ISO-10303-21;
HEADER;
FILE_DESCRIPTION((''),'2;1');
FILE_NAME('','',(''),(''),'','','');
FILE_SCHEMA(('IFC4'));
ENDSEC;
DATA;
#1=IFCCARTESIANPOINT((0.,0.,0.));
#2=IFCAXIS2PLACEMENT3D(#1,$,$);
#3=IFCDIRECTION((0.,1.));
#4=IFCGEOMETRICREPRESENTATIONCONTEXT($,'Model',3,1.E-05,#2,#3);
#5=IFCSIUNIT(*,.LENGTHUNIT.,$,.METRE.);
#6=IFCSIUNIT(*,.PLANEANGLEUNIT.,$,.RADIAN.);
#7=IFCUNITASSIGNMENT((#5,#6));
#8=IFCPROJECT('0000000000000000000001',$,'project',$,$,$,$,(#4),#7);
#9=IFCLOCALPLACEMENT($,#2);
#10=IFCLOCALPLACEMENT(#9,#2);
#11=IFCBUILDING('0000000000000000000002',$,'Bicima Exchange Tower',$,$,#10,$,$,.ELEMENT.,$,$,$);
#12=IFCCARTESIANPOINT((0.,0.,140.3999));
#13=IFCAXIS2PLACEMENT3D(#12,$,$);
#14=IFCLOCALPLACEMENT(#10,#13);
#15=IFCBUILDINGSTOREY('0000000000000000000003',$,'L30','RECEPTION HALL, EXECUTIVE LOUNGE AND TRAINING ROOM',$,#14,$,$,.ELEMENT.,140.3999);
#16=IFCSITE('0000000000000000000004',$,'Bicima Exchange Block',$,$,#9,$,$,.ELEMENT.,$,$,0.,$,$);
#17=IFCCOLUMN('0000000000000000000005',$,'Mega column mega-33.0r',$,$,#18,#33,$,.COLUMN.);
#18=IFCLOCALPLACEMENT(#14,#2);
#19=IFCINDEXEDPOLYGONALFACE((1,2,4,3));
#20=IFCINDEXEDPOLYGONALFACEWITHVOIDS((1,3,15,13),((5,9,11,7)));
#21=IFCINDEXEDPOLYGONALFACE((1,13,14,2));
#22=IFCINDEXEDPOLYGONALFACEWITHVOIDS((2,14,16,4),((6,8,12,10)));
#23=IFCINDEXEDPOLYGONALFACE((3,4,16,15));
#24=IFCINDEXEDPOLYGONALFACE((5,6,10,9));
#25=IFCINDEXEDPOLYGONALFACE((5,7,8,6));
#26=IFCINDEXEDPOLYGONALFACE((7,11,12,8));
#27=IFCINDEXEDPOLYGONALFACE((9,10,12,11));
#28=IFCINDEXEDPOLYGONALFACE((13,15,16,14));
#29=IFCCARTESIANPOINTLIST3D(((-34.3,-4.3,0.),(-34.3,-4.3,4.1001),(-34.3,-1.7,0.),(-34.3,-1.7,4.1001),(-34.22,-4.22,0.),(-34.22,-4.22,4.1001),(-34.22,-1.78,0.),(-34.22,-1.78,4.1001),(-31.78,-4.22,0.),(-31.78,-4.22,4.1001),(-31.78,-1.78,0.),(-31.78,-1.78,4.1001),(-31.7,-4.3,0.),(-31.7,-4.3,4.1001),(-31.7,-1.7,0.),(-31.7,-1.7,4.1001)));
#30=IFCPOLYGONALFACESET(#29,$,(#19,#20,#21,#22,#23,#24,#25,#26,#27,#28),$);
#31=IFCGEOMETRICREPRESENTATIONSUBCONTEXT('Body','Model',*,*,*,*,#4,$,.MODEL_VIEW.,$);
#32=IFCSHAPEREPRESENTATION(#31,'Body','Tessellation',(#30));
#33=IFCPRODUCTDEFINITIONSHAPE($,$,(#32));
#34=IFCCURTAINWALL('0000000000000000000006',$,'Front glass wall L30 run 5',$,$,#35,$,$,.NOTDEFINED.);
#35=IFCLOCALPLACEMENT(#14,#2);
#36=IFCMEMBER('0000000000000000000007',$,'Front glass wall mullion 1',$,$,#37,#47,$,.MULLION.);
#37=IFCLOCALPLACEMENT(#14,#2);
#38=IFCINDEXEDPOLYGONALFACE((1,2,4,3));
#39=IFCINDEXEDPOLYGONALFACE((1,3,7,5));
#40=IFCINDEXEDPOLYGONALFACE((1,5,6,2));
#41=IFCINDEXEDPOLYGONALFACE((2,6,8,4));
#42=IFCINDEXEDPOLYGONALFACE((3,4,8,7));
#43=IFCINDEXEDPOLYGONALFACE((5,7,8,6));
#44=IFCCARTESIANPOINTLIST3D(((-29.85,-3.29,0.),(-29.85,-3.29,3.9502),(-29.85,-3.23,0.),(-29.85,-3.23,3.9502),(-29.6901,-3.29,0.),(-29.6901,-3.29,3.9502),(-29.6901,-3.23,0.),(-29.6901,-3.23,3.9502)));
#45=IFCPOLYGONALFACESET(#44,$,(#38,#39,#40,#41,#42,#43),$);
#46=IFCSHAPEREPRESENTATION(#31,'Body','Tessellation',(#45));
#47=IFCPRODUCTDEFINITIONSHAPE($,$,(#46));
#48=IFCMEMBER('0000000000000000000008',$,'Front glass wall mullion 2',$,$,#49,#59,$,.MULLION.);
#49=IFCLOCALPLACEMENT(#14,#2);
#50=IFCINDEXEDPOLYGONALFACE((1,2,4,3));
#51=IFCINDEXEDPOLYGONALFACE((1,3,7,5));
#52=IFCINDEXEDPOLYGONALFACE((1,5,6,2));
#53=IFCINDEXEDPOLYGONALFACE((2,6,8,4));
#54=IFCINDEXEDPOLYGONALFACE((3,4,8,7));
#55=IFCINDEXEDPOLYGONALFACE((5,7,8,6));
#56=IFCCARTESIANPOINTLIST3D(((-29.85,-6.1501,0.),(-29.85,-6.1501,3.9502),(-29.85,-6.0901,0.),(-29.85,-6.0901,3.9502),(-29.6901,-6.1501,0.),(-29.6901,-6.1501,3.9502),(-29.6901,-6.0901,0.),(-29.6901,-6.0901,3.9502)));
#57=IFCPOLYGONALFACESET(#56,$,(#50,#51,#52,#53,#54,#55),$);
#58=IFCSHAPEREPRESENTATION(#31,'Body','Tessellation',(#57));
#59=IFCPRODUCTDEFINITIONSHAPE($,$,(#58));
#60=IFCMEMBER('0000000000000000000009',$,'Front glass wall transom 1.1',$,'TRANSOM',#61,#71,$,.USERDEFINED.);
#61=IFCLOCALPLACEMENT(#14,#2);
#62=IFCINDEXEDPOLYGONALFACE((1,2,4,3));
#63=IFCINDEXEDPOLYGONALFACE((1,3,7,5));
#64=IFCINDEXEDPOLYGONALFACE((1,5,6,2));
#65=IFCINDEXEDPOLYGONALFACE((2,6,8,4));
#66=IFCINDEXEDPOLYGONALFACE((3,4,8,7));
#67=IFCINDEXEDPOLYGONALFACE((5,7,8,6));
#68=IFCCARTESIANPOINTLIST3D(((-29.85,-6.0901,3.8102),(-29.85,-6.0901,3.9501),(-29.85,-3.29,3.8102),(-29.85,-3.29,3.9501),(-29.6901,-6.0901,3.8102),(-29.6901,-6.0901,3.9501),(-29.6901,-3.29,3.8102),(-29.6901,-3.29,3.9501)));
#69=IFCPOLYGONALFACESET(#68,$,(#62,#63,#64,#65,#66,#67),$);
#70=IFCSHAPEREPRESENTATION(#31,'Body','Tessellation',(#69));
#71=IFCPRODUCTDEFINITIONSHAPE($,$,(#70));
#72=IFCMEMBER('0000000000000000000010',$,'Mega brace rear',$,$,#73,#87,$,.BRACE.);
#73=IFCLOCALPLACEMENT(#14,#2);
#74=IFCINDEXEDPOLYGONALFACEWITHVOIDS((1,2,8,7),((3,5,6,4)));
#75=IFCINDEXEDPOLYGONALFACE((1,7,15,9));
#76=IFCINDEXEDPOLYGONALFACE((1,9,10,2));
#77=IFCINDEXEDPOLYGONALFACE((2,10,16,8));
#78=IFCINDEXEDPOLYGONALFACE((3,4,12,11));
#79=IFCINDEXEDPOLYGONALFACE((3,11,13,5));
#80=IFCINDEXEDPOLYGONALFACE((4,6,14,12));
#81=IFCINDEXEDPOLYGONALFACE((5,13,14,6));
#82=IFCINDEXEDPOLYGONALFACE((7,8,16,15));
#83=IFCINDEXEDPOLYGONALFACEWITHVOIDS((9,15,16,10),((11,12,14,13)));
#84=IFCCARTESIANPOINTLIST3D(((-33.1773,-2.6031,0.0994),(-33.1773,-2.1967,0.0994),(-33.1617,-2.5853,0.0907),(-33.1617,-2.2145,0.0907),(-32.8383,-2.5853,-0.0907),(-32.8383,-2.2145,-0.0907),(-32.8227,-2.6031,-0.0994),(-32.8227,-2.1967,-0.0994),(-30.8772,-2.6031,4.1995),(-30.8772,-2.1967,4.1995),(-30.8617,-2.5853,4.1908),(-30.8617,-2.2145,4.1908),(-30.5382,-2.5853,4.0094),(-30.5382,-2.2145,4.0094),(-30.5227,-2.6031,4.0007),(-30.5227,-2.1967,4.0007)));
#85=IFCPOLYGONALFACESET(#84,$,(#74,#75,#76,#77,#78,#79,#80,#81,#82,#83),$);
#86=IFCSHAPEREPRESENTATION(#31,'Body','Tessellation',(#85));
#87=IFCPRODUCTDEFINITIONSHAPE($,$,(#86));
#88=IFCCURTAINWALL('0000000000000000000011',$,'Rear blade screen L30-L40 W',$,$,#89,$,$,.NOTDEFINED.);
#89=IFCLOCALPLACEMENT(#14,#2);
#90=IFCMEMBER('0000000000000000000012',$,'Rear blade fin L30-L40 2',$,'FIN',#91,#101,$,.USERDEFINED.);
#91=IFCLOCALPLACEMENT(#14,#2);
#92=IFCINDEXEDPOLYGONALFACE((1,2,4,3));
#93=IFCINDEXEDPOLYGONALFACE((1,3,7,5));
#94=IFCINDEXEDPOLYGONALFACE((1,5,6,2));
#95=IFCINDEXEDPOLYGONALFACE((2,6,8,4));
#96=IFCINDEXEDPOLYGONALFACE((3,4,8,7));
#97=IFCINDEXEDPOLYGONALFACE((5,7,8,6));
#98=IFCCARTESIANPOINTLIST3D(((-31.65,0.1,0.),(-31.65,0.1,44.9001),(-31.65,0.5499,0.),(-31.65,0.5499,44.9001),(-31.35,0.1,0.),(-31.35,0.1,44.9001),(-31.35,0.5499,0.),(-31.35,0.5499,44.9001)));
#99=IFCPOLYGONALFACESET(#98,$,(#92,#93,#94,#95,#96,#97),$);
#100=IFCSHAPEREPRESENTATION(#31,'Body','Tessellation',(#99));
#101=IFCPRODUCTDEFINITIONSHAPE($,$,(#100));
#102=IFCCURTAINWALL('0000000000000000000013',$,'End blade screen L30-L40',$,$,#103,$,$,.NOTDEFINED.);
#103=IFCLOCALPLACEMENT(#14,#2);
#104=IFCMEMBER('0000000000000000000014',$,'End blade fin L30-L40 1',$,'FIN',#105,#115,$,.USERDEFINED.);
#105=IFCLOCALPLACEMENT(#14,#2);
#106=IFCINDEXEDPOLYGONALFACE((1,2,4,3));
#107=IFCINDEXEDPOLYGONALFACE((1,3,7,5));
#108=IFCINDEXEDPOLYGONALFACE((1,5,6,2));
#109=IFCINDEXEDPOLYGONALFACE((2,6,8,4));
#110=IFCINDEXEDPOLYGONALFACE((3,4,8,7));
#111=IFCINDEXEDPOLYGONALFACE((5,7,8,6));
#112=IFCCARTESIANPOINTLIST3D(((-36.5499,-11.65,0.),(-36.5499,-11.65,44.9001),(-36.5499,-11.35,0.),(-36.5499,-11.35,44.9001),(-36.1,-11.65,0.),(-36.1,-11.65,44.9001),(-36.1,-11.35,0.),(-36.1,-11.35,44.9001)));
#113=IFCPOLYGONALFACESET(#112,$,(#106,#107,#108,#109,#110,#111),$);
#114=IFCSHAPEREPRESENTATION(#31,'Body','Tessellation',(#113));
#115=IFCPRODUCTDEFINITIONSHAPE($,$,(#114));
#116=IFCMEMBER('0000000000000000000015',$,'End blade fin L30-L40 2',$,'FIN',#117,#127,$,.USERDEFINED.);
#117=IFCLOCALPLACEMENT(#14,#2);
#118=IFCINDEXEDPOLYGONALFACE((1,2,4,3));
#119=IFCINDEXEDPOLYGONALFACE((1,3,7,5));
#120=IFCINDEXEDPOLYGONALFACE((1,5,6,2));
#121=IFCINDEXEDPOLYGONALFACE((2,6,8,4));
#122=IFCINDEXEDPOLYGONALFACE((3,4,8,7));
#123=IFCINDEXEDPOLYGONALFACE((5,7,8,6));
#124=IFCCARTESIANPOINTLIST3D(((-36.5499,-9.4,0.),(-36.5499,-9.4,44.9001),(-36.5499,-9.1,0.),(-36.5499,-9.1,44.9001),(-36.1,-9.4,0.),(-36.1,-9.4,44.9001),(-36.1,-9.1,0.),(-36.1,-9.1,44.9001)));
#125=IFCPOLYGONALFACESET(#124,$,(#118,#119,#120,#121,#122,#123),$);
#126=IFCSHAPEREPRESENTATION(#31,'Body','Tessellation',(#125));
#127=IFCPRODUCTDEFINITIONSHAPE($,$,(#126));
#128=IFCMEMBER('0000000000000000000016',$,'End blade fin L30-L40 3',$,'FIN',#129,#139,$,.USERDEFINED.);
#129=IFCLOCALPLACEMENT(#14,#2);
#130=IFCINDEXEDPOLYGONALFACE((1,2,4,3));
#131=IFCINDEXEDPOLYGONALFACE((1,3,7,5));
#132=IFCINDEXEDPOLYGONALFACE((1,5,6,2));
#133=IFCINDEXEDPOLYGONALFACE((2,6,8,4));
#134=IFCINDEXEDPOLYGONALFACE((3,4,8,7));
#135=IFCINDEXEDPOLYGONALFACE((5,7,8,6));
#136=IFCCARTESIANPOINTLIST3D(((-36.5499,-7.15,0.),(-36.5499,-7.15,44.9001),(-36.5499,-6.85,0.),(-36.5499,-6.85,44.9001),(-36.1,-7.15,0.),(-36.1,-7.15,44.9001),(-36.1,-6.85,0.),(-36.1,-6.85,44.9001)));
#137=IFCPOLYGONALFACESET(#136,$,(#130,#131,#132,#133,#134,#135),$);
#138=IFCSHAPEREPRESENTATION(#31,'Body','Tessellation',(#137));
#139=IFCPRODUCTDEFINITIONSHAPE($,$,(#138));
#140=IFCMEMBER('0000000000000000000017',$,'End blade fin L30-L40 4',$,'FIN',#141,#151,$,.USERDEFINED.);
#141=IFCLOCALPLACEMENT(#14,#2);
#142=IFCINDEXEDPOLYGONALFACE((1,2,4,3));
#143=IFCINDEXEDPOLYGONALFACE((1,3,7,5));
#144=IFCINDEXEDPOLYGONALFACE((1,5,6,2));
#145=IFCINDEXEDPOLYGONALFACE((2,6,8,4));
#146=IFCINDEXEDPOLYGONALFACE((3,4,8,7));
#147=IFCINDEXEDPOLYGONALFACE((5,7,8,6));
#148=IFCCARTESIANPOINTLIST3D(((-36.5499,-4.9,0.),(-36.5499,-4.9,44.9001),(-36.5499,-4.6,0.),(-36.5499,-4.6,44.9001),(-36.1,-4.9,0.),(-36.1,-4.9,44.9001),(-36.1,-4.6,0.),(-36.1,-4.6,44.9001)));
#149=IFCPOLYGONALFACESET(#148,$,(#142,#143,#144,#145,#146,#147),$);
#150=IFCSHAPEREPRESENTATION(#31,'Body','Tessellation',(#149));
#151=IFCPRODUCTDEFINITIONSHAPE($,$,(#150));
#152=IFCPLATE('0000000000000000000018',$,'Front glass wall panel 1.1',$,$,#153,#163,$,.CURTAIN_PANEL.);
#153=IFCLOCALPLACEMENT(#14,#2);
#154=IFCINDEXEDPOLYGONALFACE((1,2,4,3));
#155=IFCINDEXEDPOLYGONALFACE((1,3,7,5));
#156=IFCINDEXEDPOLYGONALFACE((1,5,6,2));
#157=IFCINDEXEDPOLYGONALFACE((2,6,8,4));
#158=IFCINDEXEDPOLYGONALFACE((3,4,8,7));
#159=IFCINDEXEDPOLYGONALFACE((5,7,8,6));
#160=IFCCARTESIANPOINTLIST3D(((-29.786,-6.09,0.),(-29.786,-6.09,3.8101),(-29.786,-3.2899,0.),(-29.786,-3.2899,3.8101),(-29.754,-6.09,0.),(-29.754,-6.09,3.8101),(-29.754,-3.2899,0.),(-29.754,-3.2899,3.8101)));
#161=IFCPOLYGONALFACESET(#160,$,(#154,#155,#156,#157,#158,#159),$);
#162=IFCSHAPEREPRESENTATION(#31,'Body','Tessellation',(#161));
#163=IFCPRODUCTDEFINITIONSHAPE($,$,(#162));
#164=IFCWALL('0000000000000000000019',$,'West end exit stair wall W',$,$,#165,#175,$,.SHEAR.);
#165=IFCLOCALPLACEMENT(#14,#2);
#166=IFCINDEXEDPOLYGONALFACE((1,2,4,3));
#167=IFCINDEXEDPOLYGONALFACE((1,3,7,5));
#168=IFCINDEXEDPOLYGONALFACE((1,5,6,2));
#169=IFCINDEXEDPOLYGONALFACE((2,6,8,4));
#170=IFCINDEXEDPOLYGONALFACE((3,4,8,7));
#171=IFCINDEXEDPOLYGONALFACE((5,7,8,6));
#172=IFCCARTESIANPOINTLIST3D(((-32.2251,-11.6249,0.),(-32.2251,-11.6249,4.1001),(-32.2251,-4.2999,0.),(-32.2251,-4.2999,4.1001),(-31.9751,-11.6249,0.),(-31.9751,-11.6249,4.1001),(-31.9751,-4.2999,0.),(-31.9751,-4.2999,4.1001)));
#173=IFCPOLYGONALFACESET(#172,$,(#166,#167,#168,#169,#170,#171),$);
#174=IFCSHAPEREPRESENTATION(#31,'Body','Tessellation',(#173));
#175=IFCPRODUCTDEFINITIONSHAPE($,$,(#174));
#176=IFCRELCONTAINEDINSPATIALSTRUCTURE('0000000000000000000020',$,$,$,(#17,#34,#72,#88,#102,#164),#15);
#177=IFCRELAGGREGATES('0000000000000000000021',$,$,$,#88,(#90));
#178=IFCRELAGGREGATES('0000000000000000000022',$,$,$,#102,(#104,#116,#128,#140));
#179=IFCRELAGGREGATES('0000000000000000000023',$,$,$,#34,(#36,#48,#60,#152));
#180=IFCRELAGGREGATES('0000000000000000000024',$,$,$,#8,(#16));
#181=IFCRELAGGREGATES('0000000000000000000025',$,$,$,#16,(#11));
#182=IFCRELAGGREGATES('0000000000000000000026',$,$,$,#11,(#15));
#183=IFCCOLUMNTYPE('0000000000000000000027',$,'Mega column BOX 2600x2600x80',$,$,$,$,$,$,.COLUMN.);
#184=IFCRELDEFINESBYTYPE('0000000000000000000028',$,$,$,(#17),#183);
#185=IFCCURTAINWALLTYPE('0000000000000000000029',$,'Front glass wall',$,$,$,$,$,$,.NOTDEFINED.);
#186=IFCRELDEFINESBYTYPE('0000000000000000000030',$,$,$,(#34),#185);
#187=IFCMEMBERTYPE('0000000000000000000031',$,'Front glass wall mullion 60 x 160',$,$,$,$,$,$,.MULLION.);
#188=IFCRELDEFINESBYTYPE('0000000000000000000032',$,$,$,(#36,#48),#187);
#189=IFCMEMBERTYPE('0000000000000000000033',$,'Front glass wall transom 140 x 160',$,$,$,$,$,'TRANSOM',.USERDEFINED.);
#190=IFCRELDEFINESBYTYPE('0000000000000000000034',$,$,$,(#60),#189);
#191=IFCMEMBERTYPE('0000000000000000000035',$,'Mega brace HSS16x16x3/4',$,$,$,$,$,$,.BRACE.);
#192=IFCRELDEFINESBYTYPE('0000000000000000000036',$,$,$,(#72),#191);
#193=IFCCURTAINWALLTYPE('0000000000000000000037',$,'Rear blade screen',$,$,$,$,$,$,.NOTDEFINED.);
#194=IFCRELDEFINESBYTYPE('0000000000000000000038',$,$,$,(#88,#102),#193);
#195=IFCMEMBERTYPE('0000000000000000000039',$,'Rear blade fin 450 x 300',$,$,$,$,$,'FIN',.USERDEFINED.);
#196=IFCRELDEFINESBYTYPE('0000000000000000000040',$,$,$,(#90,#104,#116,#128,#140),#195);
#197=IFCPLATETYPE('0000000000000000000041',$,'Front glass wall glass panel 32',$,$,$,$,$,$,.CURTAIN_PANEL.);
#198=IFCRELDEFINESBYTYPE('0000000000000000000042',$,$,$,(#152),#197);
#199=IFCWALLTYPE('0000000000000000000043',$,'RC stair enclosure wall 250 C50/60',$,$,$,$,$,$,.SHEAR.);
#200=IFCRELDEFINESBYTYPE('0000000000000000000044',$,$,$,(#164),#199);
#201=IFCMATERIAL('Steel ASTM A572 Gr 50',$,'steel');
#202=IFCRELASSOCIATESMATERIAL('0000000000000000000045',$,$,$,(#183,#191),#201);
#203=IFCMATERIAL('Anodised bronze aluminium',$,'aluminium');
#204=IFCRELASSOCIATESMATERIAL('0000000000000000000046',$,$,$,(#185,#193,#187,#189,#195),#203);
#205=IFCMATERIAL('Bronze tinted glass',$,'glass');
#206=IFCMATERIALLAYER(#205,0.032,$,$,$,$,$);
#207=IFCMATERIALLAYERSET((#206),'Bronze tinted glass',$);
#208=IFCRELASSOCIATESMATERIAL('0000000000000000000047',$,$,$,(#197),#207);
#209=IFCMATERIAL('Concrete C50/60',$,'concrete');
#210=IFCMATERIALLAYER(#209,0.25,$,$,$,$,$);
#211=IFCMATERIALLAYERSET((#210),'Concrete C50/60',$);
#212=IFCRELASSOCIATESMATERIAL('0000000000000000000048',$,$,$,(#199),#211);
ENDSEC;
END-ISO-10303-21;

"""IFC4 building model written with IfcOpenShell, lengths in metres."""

from ifc_helpers import new_model, si_unit, direction, frame, frame_2d, origin, origin_2d, place, context, subcontext, project, spatial, rectangle, hollow_rectangle, extrude, material, layer, layer_set, material_profile, profile_set, type_object, element, aggregate, save


model = new_model("IFC4")

# Units and contexts
model_context = context("Model", 3, precision=1e-05, world=origin(), true_north=direction((0.0, 1.0)))
body_context = subcontext(model_context, "Body", "Model", "MODEL_VIEW")
ifc_project = project(units=[si_unit("LENGTHUNIT", "METRE"), si_unit("PLANEANGLEUNIT", "RADIAN")], contexts=[model_context])

# Site, building, storey
site_placement = place(None, origin())
site = spatial("IfcSite", under=ifc_project, at=site_placement, Name="Bicima Exchange Block", CompositionType="ELEMENT", RefElevation=0.0)
building_placement = place(site_placement, origin())
building = spatial("IfcBuilding", under=site, at=building_placement, Name="Bicima Exchange Tower", CompositionType="ELEMENT")
storey_placement = place(building_placement, frame((0.0, 0.0, 140.3999)))
storey = spatial("IfcBuildingStorey", under=building, at=storey_placement, Name="L30", Description="RECEPTION HALL, EXECUTIVE LOUNGE AND TRAINING ROOM", CompositionType="ELEMENT", Elevation=140.3999)

# Column
ifc_material_1 = material(Name="Steel ASTM A572 Gr 50", Category="steel")
ifc_material_profile_1 = material_profile(ifc_material_1, hollow_rectangle(XDim=2.6001, YDim=2.6001, WallThickness=0.0801, at=origin_2d()))
ifc_profile_set_1 = profile_set([ifc_material_profile_1], Name="Steel ASTM A572 Gr 50")
column_type = type_object("IfcColumnType", Name="Mega column BOX 2600x2600x80", PredefinedType="COLUMN", material=ifc_profile_set_1)
column_placement = place(storey_placement, frame((-33.0, -3.0, 0.0), z_axis=(0.0, 0.0, 1.0), x_axis=(1.0, 0.0, 0.0)))
element("IfcColumn", 1, at=column_placement, inside=storey, type_object=column_type, Name="Mega column mega-33.0r", PredefinedType="COLUMN", context=body_context, shape_type="SweptSolid", body=[
    extrude(hollow_rectangle(XDim=2.6001, YDim=2.6001, WallThickness=0.0801, at=origin_2d()), origin(), (0.0, 0.0, 1.0), 4.1001),
])

# Curtain wall, members
ifc_material_2 = material(Name="Anodised bronze aluminium", Category="aluminium")
curtain_wall_type_1 = type_object("IfcCurtainWallType", Name="Front glass wall", PredefinedType="NOTDEFINED", material=ifc_material_2)
curtain_wall_1_placement = place(storey_placement, origin())
curtain_wall_1 = element("IfcCurtainWall", 2, at=curtain_wall_1_placement, inside=storey, type_object=curtain_wall_type_1, Name="Front glass wall L30 run 5", PredefinedType="NOTDEFINED")
ifc_material_profile_2 = material_profile(ifc_material_2, rectangle(XDim=0.1599, YDim=0.0601, at=origin_2d()))
ifc_profile_set_2 = profile_set([ifc_material_profile_2], Name="Anodised bronze aluminium")
member_type_1 = type_object("IfcMemberType", Name="Front glass wall mullion 60 x 160", PredefinedType="MULLION", material=ifc_profile_set_2)
member_1_placement = place(storey_placement, frame((-29.77, -3.26, 0.0), z_axis=(0.0, 0.0, 1.0), x_axis=(1.0, 0.0, 0.0)))
member_1 = element("IfcMember", 3, at=member_1_placement, type_object=member_type_1, Name="Front glass wall mullion 1", PredefinedType="MULLION", context=body_context, shape_type="SweptSolid", body=[
    extrude(rectangle(XDim=0.1599, YDim=0.0601, at=origin_2d()), origin(), (0.0, 0.0, 1.0), 3.9502),
])
member_2_placement = place(storey_placement, frame((-29.77, -6.1201, 0.0), z_axis=(0.0, 0.0, 1.0), x_axis=(1.0, 0.0, 0.0)))
member_2 = element("IfcMember", 4, at=member_2_placement, type_object=member_type_1, Name="Front glass wall mullion 2", PredefinedType="MULLION", context=body_context, shape_type="SweptSolid", body=[
    extrude(rectangle(XDim=0.1599, YDim=0.0601, at=origin_2d()), origin(), (0.0, 0.0, 1.0), 3.9502),
])
ifc_material_profile_3 = material_profile(ifc_material_2, rectangle(XDim=0.1599, YDim=0.1399, at=origin_2d()))
ifc_profile_set_3 = profile_set([ifc_material_profile_3], Name="Anodised bronze aluminium")
member_type_2 = type_object("IfcMemberType", Name="Front glass wall transom 140 x 160", ElementType="TRANSOM", PredefinedType="USERDEFINED", material=ifc_profile_set_3)
member_3_placement = place(storey_placement, frame((-29.77, -3.29, 3.8801), z_axis=(0.0, -1.0, 0.0), x_axis=(1.0, 0.0, 0.0)))
member_3 = element("IfcMember", 5, at=member_3_placement, type_object=member_type_2, Name="Front glass wall transom 1.1", ObjectType="TRANSOM", PredefinedType="USERDEFINED", context=body_context, shape_type="SweptSolid", body=[
    extrude(rectangle(XDim=0.1599, YDim=0.1399, at=origin_2d()), origin(), (0.0, 0.0, 1.0), 2.8),
])

# Member
ifc_material_profile_4 = material_profile(ifc_material_1, hollow_rectangle(XDim=0.4065, YDim=0.4065, WallThickness=0.0178, at=origin_2d()))
ifc_profile_set_4 = profile_set([ifc_material_profile_4], Name="Steel ASTM A572 Gr 50")
member_type_3 = type_object("IfcMemberType", Name="Mega brace HSS16x16x3/4", PredefinedType="BRACE", material=ifc_profile_set_4)
member_4_placement = place(storey_placement, frame((-33.0, -2.3999, 0.0), z_axis=(0.48925, 0.0, 0.872144), x_axis=(0.0, 1.0, 0.0)))
element("IfcMember", 6, at=member_4_placement, inside=storey, type_object=member_type_3, Name="Mega brace rear", PredefinedType="BRACE", context=body_context, shape_type="SweptSolid", body=[
    extrude(hollow_rectangle(XDim=0.4065, YDim=0.4065, WallThickness=0.0178, at=origin_2d()), origin(), (0.0, 0.0, 1.0), 4.7012),
])

# Curtain wall, member
curtain_wall_type_2 = type_object("IfcCurtainWallType", Name="Rear blade screen", PredefinedType="NOTDEFINED", material=ifc_material_2)
curtain_wall_2_placement = place(storey_placement, origin())
curtain_wall_2 = element("IfcCurtainWall", 7, at=curtain_wall_2_placement, inside=storey, type_object=curtain_wall_type_2, Name="Rear blade screen L30-L40 W", PredefinedType="NOTDEFINED")
ifc_material_profile_5 = material_profile(ifc_material_2, rectangle(XDim=0.45, YDim=0.3, at=origin_2d()))
ifc_profile_set_5 = profile_set([ifc_material_profile_5], Name="Anodised bronze aluminium")
member_type_4 = type_object("IfcMemberType", Name="Rear blade fin 450 x 300", ElementType="FIN", PredefinedType="USERDEFINED", material=ifc_profile_set_5)
member_5_placement = place(storey_placement, frame((-31.5, 0.325, 0.0), z_axis=(0.0, 0.0, 1.0), x_axis=(0.0, 1.0, 0.0)))
member_5 = element("IfcMember", 8, at=member_5_placement, type_object=member_type_4, Name="Rear blade fin L30-L40 2", ObjectType="FIN", PredefinedType="USERDEFINED", context=body_context, shape_type="SweptSolid", body=[
    extrude(rectangle(XDim=0.45, YDim=0.3, at=origin_2d()), origin(), (0.0, 0.0, 1.0), 44.9001),
])
aggregate(curtain_wall_2, [member_5])

# Curtain wall, members
curtain_wall_3_placement = place(storey_placement, origin())
curtain_wall_3 = element("IfcCurtainWall", 9, at=curtain_wall_3_placement, inside=storey, type_object=curtain_wall_type_2, Name="End blade screen L30-L40", PredefinedType="NOTDEFINED")
member_6_placement = place(storey_placement, frame((-36.325, -11.5, 0.0), z_axis=(0.0, 0.0, 1.0), x_axis=(1.0, 0.0, 0.0)))
member_6 = element("IfcMember", 10, at=member_6_placement, type_object=member_type_4, Name="End blade fin L30-L40 1", ObjectType="FIN", PredefinedType="USERDEFINED", context=body_context, shape_type="SweptSolid", body=[
    extrude(rectangle(XDim=0.45, YDim=0.3, at=origin_2d()), origin(), (0.0, 0.0, 1.0), 44.9001),
])
member_7_placement = place(storey_placement, frame((-36.325, -9.25, 0.0), z_axis=(0.0, 0.0, 1.0), x_axis=(1.0, 0.0, 0.0)))
member_7 = element("IfcMember", 11, at=member_7_placement, type_object=member_type_4, Name="End blade fin L30-L40 2", ObjectType="FIN", PredefinedType="USERDEFINED", context=body_context, shape_type="SweptSolid", body=[
    extrude(rectangle(XDim=0.45, YDim=0.3, at=origin_2d()), origin(), (0.0, 0.0, 1.0), 44.9001),
])
member_8_placement = place(storey_placement, frame((-36.325, -7.0, 0.0), z_axis=(0.0, 0.0, 1.0), x_axis=(1.0, 0.0, 0.0)))
member_8 = element("IfcMember", 12, at=member_8_placement, type_object=member_type_4, Name="End blade fin L30-L40 3", ObjectType="FIN", PredefinedType="USERDEFINED", context=body_context, shape_type="SweptSolid", body=[
    extrude(rectangle(XDim=0.45, YDim=0.3, at=origin_2d()), origin(), (0.0, 0.0, 1.0), 44.9001),
])
member_9_placement = place(storey_placement, frame((-36.325, -4.75, 0.0), z_axis=(0.0, 0.0, 1.0), x_axis=(1.0, 0.0, 0.0)))
member_9 = element("IfcMember", 13, at=member_9_placement, type_object=member_type_4, Name="End blade fin L30-L40 4", ObjectType="FIN", PredefinedType="USERDEFINED", context=body_context, shape_type="SweptSolid", body=[
    extrude(rectangle(XDim=0.45, YDim=0.3, at=origin_2d()), origin(), (0.0, 0.0, 1.0), 44.9001),
])
aggregate(curtain_wall_3, [member_6, member_7, member_8, member_9])

# Plate
ifc_material_3 = material(Name="Bronze tinted glass", Category="glass")
ifc_layer_1 = layer(ifc_material_3, 0.032)
ifc_layer_set_1 = layer_set([ifc_layer_1], Name="Bronze tinted glass")
plate_type = type_object("IfcPlateType", Name="Front glass wall glass panel 32", PredefinedType="CURTAIN_PANEL", material=ifc_layer_set_1)
plate_placement = place(storey_placement, frame((-29.77, -4.6899, 0.0), z_axis=(0.0, 0.0, 1.0), x_axis=(0.0, -1.0, 0.0)))
plate = element("IfcPlate", 14, at=plate_placement, type_object=plate_type, Name="Front glass wall panel 1.1", PredefinedType="CURTAIN_PANEL", context=body_context, shape_type="SweptSolid", body=[
    extrude(rectangle(XDim=2.8, YDim=0.032, at=origin_2d()), origin(), (0.0, 0.0, 1.0), 3.8101),
])
aggregate(curtain_wall_1, [member_1, member_2, member_3, plate])

# Wall
ifc_material_4 = material(Name="Concrete C50/60", Category="concrete")
ifc_layer_2 = layer(ifc_material_4, 0.25)
ifc_layer_set_2 = layer_set([ifc_layer_2], Name="Concrete C50/60")
wall_type_1 = type_object("IfcWallType", Name="RC stair enclosure wall 250 C50/60", PredefinedType="SHEAR", material=ifc_layer_set_2)
wall_1_placement = place(storey_placement, frame((-32.1001, -11.625, 0.0), z_axis=(0.0, 0.0, 1.0), x_axis=(0.0, 1.0, 0.0)))
element("IfcWall", 15, at=wall_1_placement, inside=storey, type_object=wall_type_1, Name="West end exit stair wall W", PredefinedType="SHEAR", context=body_context, shape_type="SweptSolid", body=[
    extrude(rectangle(XDim=7.325, YDim=0.25, at=frame_2d((3.6626, 0.0))), origin(), (0.0, 0.0, 1.0), 4.1001),
])

save(model, "model.ifc")
